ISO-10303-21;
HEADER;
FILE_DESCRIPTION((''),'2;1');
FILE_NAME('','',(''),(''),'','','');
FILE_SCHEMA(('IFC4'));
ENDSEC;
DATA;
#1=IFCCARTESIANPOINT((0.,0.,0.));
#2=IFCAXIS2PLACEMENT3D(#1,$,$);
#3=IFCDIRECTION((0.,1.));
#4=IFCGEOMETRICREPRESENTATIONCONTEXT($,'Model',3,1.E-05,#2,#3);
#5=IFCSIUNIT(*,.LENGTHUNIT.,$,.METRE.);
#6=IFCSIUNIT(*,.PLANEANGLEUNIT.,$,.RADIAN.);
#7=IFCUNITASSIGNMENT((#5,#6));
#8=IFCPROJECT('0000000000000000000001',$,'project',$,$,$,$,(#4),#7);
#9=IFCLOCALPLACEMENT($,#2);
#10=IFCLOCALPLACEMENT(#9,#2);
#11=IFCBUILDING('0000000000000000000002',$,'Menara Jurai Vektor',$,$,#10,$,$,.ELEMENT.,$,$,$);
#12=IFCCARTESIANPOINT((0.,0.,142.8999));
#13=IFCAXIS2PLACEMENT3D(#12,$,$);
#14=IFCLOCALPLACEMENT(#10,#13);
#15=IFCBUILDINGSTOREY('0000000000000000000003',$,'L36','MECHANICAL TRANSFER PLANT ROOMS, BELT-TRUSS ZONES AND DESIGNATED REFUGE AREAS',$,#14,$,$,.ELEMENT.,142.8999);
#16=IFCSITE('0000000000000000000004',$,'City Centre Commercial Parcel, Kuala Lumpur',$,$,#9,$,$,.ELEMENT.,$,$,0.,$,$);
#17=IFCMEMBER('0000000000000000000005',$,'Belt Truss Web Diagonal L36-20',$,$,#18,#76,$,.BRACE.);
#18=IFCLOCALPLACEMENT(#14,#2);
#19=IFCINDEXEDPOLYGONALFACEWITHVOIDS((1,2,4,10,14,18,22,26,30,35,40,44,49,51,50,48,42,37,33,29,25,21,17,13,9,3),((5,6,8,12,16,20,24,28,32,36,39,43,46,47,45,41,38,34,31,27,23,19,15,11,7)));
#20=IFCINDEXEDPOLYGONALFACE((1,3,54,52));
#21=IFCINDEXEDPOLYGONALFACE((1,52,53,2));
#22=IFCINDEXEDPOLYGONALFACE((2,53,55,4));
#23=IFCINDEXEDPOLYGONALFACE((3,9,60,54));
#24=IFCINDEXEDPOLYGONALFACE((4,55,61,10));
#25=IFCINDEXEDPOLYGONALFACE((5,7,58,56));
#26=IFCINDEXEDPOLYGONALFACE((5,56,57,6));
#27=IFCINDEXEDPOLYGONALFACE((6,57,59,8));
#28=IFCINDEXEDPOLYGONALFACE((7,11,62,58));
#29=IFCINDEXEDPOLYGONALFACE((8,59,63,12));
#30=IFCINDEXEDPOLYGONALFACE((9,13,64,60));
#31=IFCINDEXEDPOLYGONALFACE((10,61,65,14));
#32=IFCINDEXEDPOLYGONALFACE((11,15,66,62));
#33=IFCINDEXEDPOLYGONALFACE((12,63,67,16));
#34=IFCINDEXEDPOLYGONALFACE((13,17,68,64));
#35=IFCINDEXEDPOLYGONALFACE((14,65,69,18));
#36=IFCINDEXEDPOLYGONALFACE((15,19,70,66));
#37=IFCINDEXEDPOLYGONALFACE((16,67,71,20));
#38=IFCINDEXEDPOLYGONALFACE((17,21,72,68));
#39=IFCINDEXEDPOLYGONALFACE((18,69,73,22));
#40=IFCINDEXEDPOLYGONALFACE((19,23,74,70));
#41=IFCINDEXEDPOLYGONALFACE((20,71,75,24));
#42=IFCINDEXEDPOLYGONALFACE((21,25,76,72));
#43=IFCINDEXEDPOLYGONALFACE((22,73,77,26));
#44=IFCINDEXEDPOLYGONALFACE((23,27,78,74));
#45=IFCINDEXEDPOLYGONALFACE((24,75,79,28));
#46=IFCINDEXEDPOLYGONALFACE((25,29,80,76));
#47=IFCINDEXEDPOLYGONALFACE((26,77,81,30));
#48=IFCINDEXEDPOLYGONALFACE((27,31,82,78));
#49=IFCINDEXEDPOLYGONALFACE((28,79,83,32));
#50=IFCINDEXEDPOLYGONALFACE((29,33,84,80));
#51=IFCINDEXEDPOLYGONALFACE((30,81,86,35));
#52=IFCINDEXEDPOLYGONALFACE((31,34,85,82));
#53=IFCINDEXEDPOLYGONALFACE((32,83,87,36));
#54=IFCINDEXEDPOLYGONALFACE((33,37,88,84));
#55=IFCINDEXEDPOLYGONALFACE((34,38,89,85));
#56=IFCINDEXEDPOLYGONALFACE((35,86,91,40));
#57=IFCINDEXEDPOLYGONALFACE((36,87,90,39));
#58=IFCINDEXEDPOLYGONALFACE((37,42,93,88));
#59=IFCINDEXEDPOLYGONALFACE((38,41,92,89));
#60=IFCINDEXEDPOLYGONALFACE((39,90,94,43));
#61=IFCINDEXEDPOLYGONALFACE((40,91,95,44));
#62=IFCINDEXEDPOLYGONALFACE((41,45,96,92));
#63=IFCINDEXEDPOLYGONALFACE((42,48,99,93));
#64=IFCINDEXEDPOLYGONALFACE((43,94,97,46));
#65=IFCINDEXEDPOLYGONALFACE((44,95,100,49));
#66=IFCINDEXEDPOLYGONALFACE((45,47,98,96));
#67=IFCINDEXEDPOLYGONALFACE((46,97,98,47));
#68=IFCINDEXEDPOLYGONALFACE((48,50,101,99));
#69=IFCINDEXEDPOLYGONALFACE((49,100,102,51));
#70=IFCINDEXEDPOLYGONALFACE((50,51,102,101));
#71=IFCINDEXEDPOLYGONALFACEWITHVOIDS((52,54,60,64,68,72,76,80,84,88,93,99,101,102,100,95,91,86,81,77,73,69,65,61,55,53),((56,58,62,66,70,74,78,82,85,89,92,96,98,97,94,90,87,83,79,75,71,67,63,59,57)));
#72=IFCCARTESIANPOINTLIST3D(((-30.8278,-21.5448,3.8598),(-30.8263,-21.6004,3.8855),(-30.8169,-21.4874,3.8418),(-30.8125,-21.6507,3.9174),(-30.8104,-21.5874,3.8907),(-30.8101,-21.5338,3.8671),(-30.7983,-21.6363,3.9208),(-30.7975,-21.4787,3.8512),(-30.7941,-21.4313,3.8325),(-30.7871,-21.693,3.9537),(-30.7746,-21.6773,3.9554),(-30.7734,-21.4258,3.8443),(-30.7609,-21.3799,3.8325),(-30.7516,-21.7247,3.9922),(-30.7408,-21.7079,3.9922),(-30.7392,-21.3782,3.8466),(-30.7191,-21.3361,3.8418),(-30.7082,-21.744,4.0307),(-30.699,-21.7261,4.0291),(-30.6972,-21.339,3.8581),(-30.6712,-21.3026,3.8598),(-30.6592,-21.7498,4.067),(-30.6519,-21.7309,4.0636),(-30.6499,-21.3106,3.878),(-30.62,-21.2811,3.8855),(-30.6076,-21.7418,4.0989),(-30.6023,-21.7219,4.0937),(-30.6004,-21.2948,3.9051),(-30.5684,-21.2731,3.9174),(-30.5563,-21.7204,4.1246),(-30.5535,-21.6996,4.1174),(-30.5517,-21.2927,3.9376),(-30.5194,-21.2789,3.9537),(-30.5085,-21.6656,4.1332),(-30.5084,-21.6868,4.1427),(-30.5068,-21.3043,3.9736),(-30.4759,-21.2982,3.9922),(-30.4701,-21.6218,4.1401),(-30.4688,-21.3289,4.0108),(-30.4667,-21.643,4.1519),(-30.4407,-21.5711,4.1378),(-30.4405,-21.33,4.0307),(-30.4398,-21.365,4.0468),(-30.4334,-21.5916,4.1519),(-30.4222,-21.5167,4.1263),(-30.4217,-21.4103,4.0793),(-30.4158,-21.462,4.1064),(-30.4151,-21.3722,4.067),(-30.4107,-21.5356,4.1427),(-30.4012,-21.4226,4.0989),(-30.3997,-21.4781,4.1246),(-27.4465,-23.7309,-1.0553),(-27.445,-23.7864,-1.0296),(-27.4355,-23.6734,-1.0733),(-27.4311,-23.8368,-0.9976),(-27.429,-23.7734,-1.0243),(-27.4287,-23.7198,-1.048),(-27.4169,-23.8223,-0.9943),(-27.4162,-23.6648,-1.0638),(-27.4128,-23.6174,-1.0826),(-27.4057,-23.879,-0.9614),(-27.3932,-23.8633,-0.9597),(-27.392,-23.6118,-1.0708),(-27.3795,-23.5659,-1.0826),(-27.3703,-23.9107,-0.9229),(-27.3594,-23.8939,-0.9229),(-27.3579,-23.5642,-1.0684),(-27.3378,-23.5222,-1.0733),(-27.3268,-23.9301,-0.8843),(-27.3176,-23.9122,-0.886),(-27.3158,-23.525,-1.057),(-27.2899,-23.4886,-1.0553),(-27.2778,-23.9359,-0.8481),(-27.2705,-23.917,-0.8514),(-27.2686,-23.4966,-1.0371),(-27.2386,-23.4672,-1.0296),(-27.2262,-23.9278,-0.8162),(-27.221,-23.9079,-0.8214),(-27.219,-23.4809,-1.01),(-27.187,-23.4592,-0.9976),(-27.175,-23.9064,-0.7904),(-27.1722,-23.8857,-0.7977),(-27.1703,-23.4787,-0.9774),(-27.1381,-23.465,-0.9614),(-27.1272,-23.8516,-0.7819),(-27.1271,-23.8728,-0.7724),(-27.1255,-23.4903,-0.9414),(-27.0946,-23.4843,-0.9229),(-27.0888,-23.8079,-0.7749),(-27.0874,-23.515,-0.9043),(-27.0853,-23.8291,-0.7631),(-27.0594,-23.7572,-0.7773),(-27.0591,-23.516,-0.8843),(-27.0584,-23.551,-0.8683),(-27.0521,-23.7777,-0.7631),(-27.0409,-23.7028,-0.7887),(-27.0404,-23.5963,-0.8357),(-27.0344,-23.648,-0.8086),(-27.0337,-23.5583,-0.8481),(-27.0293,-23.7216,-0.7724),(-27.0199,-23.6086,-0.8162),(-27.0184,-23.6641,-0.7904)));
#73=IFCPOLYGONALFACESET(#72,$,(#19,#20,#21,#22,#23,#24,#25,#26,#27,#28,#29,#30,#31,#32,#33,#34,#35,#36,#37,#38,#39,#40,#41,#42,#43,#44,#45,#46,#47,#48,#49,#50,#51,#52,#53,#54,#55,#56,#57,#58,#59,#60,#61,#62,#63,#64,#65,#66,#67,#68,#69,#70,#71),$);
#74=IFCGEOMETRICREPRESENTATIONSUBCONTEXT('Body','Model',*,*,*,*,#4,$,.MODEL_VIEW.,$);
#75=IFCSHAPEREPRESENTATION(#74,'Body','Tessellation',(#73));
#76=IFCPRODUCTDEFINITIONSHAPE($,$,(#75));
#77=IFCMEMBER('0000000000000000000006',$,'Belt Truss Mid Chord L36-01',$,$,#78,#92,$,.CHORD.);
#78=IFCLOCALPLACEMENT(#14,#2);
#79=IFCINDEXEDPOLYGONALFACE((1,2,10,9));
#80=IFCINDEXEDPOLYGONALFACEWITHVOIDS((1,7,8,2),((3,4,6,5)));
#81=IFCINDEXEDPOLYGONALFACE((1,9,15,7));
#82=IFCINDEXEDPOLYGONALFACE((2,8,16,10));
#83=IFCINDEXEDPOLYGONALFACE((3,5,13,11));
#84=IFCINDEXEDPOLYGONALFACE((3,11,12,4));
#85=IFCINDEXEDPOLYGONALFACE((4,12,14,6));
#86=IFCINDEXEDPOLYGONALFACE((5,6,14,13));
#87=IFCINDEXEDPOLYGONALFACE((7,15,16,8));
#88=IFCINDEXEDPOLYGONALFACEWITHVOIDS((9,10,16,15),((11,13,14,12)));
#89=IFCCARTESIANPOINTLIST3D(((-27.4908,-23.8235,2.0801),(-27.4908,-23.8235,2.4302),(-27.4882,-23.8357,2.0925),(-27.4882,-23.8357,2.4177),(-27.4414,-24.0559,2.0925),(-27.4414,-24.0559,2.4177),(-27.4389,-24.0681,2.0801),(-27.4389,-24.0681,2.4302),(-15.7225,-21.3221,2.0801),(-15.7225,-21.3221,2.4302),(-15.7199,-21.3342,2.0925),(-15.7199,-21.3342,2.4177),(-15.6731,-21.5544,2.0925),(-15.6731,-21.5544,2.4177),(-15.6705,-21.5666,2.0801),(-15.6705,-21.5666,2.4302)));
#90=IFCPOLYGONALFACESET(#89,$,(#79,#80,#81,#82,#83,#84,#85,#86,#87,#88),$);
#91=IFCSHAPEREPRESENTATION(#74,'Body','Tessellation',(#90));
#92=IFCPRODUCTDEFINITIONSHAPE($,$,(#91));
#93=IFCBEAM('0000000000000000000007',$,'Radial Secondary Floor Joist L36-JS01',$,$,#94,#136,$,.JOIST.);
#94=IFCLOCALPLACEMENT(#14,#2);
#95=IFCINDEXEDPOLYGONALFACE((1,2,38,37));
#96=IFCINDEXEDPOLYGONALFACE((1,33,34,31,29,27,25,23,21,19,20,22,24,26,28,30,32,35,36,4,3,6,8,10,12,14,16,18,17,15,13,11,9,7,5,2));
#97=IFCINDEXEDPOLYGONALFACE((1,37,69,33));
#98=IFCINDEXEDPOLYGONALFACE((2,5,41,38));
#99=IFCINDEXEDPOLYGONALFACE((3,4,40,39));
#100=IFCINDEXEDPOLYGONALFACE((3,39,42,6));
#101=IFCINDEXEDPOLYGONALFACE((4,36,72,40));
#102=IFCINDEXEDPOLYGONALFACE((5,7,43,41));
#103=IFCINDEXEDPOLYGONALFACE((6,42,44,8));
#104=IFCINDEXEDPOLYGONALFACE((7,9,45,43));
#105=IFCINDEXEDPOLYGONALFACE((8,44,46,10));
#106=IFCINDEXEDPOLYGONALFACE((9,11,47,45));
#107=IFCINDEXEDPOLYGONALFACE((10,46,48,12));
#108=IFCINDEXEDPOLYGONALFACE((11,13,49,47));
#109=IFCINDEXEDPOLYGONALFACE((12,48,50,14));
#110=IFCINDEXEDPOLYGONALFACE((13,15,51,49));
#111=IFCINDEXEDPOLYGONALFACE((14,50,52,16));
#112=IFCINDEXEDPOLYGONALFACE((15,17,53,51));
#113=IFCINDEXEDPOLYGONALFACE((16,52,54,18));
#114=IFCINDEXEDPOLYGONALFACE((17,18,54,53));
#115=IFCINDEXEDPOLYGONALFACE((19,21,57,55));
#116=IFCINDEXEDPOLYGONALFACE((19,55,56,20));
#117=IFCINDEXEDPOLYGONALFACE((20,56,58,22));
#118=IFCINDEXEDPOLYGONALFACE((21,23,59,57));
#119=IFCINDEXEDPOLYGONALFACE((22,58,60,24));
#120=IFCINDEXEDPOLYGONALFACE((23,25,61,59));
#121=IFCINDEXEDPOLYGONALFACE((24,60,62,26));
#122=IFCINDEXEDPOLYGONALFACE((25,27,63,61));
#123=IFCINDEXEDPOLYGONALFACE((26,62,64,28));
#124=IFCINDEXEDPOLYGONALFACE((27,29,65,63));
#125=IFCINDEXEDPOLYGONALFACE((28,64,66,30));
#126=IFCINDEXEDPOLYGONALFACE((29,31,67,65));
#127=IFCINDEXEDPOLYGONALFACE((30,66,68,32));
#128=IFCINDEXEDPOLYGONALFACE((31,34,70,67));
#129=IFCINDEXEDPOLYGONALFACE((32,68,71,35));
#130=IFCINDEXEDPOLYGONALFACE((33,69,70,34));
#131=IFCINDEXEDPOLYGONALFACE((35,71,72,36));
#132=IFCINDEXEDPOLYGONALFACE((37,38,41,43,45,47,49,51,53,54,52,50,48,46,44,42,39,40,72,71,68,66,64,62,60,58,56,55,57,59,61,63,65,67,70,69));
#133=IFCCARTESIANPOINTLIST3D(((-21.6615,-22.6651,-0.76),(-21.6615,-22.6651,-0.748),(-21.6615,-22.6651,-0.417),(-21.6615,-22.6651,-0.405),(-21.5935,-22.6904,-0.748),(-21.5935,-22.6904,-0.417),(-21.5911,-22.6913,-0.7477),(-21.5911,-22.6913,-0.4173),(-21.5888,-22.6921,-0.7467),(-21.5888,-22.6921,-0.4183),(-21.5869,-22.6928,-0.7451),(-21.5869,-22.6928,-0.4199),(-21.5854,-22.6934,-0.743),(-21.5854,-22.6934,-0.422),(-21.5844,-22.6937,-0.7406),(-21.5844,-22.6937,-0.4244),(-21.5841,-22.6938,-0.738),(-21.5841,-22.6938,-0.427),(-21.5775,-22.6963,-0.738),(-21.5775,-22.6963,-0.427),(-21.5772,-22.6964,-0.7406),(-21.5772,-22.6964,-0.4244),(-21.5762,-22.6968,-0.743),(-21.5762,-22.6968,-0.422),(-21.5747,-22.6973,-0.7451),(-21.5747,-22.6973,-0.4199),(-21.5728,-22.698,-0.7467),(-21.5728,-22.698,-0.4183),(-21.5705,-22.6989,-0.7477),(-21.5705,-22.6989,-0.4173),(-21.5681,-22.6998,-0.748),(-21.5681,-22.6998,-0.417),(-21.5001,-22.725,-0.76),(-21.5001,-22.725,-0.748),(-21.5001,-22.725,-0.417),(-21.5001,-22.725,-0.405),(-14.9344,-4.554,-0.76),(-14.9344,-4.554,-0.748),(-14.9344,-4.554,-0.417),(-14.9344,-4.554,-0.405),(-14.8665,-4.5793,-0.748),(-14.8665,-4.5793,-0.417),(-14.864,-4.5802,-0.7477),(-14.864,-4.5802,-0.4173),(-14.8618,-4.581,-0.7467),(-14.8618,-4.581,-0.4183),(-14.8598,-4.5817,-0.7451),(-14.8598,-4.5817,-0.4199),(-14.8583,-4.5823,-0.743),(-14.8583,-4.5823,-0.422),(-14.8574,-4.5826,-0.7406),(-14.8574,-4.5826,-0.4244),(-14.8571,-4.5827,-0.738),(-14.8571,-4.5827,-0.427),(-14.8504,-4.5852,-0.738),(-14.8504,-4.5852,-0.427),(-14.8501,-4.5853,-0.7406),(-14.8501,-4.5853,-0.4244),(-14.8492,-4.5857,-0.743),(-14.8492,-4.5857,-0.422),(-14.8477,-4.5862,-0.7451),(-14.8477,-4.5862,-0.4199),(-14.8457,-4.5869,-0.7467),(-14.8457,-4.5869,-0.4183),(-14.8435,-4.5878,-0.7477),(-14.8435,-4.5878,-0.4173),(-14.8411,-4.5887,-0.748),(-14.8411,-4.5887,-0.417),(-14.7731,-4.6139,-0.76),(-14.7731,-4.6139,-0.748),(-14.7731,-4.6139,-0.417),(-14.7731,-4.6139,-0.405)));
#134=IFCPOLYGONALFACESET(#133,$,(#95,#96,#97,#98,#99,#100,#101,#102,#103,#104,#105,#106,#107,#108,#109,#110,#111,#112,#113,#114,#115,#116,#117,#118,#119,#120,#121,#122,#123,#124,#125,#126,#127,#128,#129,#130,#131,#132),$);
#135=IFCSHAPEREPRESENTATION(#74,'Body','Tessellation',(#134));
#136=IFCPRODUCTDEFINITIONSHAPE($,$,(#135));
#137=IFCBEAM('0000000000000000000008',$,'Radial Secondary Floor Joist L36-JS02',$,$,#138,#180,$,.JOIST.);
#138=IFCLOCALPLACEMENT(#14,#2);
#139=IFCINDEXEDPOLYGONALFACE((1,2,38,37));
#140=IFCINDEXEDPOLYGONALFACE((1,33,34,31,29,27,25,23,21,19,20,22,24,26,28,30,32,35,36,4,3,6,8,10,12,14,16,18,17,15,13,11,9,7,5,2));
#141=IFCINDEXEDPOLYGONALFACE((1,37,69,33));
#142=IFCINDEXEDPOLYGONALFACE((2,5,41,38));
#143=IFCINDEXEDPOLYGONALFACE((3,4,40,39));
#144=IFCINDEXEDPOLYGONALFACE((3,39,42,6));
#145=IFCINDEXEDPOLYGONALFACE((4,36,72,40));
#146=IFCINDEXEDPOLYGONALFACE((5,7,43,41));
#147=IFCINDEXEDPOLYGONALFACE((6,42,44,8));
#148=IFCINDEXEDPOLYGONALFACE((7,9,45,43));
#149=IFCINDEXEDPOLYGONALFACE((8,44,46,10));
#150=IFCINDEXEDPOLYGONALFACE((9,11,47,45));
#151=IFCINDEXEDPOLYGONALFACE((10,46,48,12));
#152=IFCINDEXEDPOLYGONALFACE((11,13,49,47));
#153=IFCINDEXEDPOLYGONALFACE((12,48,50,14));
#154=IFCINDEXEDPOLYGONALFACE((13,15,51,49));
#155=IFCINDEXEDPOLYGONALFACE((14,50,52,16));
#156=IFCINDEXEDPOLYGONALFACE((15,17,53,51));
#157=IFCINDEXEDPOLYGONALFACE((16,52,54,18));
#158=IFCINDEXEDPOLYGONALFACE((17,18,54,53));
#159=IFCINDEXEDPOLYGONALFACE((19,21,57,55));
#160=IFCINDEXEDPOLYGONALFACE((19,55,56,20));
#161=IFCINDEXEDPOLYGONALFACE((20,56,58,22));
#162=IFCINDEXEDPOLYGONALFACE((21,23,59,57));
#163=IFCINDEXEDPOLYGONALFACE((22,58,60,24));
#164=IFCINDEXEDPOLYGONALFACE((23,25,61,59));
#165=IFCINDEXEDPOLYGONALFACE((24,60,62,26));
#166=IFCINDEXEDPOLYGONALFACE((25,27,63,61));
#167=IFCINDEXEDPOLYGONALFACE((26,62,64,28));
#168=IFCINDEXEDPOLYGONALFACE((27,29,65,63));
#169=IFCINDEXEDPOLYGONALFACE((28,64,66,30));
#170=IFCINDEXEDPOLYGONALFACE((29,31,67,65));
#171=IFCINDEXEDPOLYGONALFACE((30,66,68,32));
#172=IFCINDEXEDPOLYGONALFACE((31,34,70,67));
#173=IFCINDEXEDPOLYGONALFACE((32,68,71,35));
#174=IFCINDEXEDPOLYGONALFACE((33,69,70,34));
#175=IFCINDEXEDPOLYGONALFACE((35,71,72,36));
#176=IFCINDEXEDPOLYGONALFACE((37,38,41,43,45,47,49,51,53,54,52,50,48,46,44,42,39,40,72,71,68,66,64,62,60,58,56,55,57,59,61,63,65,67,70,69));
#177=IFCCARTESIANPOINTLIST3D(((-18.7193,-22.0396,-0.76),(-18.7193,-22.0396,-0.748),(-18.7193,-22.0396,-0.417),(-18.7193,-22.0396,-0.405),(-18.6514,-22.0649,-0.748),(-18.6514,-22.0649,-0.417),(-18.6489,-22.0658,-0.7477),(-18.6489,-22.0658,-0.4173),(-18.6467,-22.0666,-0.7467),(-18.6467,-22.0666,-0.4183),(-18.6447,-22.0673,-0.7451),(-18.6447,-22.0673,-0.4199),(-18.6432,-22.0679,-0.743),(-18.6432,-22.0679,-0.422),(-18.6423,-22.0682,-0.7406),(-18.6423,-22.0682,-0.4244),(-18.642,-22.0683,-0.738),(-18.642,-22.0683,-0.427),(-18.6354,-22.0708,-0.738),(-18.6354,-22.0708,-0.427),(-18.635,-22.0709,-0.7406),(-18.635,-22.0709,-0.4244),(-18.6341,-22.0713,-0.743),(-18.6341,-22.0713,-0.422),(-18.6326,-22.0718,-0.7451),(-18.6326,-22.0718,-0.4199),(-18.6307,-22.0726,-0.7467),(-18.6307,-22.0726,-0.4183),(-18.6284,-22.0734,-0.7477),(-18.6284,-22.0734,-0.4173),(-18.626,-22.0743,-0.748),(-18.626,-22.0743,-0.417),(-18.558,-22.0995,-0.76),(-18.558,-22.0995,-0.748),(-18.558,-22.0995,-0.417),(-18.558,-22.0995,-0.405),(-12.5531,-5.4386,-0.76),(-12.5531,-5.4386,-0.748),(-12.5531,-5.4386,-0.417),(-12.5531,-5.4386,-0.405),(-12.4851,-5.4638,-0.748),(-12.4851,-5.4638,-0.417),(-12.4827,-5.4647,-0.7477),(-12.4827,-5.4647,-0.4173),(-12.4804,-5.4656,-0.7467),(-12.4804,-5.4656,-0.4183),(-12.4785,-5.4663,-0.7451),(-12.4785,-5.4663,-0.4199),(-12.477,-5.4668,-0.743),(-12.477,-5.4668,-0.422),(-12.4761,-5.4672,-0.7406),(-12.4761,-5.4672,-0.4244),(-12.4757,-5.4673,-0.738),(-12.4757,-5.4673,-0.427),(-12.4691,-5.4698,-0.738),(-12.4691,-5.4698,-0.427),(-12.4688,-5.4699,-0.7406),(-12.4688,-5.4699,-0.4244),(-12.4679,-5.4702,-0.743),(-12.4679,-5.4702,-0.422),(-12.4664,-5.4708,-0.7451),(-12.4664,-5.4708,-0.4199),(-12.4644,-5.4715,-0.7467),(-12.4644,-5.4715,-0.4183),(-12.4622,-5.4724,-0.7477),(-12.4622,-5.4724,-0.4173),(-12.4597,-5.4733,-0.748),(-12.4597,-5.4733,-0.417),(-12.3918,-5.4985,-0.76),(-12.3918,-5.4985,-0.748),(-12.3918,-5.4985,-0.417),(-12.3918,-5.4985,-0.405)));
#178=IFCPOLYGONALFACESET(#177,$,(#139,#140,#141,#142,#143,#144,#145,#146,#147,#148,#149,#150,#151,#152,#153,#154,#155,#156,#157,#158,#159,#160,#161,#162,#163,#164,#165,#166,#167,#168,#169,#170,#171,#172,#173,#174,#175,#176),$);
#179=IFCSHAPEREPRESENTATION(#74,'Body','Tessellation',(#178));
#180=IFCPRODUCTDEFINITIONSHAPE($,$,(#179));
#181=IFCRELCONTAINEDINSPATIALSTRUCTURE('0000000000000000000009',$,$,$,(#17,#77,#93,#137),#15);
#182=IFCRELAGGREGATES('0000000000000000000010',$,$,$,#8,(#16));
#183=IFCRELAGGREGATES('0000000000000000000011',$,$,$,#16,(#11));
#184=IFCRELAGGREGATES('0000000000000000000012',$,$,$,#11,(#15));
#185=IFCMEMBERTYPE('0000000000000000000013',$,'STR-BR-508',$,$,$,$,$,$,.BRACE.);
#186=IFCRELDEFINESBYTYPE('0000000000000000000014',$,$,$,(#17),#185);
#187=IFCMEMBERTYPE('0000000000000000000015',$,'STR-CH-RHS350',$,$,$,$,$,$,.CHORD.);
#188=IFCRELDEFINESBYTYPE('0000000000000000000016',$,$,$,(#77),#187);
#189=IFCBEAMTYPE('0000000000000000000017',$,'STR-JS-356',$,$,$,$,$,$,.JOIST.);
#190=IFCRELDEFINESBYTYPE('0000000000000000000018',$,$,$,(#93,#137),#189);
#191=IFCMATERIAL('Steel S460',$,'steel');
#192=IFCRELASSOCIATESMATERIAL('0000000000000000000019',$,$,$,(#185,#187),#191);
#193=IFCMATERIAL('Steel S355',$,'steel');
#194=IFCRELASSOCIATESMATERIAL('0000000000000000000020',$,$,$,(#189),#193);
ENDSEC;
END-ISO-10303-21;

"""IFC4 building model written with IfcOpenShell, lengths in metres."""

from ifc_helpers import new_model, si_unit, direction, frame, origin, origin_2d, place, context, subcontext, project, spatial, hollow_rectangle, hollow_circle, i_section, extrude, material, material_profile, profile_set, type_object, element, save


model = new_model("IFC4")

# Units and contexts
model_context = context("Model", 3, precision=1e-05, world=origin(), true_north=direction((0.0, 1.0)))
body_context = subcontext(model_context, "Body", "Model", "MODEL_VIEW")
ifc_project = project(units=[si_unit("LENGTHUNIT", "METRE"), si_unit("PLANEANGLEUNIT", "RADIAN")], contexts=[model_context])

# Site, building, storey
site_placement = place(None, origin())
site = spatial("IfcSite", under=ifc_project, at=site_placement, Name="City Centre Commercial Parcel, Kuala Lumpur", CompositionType="ELEMENT", RefElevation=0.0)
building_placement = place(site_placement, origin())
building = spatial("IfcBuilding", under=site, at=building_placement, Name="Menara Jurai Vektor", CompositionType="ELEMENT")
storey_placement = place(building_placement, frame((0.0, 0.0, 142.8999)))
storey = spatial("IfcBuildingStorey", under=building, at=storey_placement, Name="L36", Description="MECHANICAL TRANSFER PLANT ROOMS, BELT-TRUSS ZONES AND DESIGNATED REFUGE AREAS", CompositionType="ELEMENT", Elevation=142.8999)

# Shared definitions
ifc_material_1 = material(Name="Steel S460", Category="steel")

# Members
ifc_material_profile_1 = material_profile(ifc_material_1, hollow_circle(Radius=0.2539, WallThickness=0.02, at=origin_2d()), Name="CHS 508x20")
ifc_profile_set_1 = profile_set([ifc_material_profile_1], Name="Steel S460")
member_type_1 = type_object("IfcMemberType", Name="STR-BR-508", PredefinedType="BRACE", material=ifc_profile_set_1)
member_1_placement = place(storey_placement, frame((-27.2324, -23.6975, -0.9229), z_axis=(-0.532183, 0.344055, 0.773568), x_axis=(-0.542919, -0.839785, 0.0)))
element("IfcMember", 1, at=member_1_placement, inside=storey, type_object=member_type_1, Name="Belt Truss Web Diagonal L36-20", PredefinedType="BRACE", context=body_context, shape_type="SweptSolid", body=[
    extrude(hollow_circle(Radius=0.2539, WallThickness=0.02, at=origin_2d()), origin(), (0.0, 0.0, 1.0), 6.3538),
])
ifc_material_profile_2 = material_profile(ifc_material_1, hollow_rectangle(XDim=0.25, YDim=0.3501, WallThickness=0.0125, at=origin_2d()), Name="RHS 350x250x12.5")
ifc_profile_set_2 = profile_set([ifc_material_profile_2], Name="Steel S460")
member_type_2 = type_object("IfcMemberType", Name="STR-CH-RHS350", PredefinedType="CHORD", material=ifc_profile_set_2)
member_2_placement = place(storey_placement, frame((-27.4648, -23.9458, 2.2551), z_axis=(0.978147, 0.207914, 0.0), x_axis=(-0.207914, 0.978147, 0.0)))
element("IfcMember", 2, at=member_2_placement, inside=storey, type_object=member_type_2, Name="Belt Truss Mid Chord L36-01", PredefinedType="CHORD", context=body_context, shape_type="SweptSolid", body=[
    extrude(hollow_rectangle(XDim=0.25, YDim=0.3501, WallThickness=0.0125, at=origin_2d()), origin(), (0.0, 0.0, 1.0), 12.0312),
])

# Beams
ifc_material_2 = material(Name="Steel S355", Category="steel")
ifc_material_profile_3 = material_profile(ifc_material_2, i_section(OverallWidth=0.1721, OverallDepth=0.355, WebThickness=0.0071, FlangeThickness=0.012, FilletRadius=0.01, at=origin_2d()), Name="UKB 356x171x51")
ifc_profile_set_3 = profile_set([ifc_material_profile_3], Name="Steel S355")
beam_type_1 = type_object("IfcBeamType", Name="STR-JS-356", PredefinedType="JOIST", material=ifc_profile_set_3)
beam_1_placement = place(storey_placement, frame((-21.5808, -22.6951, -0.5825), z_axis=(0.34819, 0.937424, 0.0), x_axis=(-0.937424, 0.34819, 0.0)))
element("IfcBeam", 3, at=beam_1_placement, inside=storey, type_object=beam_type_1, Name="Radial Secondary Floor Joist L36-JS01", PredefinedType="JOIST", context=body_context, shape_type="SweptSolid", body=[
    extrude(i_section(OverallWidth=0.1721, OverallDepth=0.355, WebThickness=0.0071, FlangeThickness=0.012, FilletRadius=0.01, at=origin_2d()), origin(), (0.0, 0.0, 1.0), 19.3201),
])
beam_2_placement = place(storey_placement, frame((-18.6387, -22.0696, -0.5825), z_axis=(0.348194, 0.937423, 0.0), x_axis=(-0.937423, 0.348194, 0.0)))
element("IfcBeam", 4, at=beam_2_placement, inside=storey, type_object=beam_type_1, Name="Radial Secondary Floor Joist L36-JS02", PredefinedType="JOIST", context=body_context, shape_type="SweptSolid", body=[
    extrude(i_section(OverallWidth=0.1721, OverallDepth=0.355, WebThickness=0.0071, FlangeThickness=0.012, FilletRadius=0.01, at=origin_2d()), origin(), (0.0, 0.0, 1.0), 17.7092),
])

save(model, "model.ifc")
